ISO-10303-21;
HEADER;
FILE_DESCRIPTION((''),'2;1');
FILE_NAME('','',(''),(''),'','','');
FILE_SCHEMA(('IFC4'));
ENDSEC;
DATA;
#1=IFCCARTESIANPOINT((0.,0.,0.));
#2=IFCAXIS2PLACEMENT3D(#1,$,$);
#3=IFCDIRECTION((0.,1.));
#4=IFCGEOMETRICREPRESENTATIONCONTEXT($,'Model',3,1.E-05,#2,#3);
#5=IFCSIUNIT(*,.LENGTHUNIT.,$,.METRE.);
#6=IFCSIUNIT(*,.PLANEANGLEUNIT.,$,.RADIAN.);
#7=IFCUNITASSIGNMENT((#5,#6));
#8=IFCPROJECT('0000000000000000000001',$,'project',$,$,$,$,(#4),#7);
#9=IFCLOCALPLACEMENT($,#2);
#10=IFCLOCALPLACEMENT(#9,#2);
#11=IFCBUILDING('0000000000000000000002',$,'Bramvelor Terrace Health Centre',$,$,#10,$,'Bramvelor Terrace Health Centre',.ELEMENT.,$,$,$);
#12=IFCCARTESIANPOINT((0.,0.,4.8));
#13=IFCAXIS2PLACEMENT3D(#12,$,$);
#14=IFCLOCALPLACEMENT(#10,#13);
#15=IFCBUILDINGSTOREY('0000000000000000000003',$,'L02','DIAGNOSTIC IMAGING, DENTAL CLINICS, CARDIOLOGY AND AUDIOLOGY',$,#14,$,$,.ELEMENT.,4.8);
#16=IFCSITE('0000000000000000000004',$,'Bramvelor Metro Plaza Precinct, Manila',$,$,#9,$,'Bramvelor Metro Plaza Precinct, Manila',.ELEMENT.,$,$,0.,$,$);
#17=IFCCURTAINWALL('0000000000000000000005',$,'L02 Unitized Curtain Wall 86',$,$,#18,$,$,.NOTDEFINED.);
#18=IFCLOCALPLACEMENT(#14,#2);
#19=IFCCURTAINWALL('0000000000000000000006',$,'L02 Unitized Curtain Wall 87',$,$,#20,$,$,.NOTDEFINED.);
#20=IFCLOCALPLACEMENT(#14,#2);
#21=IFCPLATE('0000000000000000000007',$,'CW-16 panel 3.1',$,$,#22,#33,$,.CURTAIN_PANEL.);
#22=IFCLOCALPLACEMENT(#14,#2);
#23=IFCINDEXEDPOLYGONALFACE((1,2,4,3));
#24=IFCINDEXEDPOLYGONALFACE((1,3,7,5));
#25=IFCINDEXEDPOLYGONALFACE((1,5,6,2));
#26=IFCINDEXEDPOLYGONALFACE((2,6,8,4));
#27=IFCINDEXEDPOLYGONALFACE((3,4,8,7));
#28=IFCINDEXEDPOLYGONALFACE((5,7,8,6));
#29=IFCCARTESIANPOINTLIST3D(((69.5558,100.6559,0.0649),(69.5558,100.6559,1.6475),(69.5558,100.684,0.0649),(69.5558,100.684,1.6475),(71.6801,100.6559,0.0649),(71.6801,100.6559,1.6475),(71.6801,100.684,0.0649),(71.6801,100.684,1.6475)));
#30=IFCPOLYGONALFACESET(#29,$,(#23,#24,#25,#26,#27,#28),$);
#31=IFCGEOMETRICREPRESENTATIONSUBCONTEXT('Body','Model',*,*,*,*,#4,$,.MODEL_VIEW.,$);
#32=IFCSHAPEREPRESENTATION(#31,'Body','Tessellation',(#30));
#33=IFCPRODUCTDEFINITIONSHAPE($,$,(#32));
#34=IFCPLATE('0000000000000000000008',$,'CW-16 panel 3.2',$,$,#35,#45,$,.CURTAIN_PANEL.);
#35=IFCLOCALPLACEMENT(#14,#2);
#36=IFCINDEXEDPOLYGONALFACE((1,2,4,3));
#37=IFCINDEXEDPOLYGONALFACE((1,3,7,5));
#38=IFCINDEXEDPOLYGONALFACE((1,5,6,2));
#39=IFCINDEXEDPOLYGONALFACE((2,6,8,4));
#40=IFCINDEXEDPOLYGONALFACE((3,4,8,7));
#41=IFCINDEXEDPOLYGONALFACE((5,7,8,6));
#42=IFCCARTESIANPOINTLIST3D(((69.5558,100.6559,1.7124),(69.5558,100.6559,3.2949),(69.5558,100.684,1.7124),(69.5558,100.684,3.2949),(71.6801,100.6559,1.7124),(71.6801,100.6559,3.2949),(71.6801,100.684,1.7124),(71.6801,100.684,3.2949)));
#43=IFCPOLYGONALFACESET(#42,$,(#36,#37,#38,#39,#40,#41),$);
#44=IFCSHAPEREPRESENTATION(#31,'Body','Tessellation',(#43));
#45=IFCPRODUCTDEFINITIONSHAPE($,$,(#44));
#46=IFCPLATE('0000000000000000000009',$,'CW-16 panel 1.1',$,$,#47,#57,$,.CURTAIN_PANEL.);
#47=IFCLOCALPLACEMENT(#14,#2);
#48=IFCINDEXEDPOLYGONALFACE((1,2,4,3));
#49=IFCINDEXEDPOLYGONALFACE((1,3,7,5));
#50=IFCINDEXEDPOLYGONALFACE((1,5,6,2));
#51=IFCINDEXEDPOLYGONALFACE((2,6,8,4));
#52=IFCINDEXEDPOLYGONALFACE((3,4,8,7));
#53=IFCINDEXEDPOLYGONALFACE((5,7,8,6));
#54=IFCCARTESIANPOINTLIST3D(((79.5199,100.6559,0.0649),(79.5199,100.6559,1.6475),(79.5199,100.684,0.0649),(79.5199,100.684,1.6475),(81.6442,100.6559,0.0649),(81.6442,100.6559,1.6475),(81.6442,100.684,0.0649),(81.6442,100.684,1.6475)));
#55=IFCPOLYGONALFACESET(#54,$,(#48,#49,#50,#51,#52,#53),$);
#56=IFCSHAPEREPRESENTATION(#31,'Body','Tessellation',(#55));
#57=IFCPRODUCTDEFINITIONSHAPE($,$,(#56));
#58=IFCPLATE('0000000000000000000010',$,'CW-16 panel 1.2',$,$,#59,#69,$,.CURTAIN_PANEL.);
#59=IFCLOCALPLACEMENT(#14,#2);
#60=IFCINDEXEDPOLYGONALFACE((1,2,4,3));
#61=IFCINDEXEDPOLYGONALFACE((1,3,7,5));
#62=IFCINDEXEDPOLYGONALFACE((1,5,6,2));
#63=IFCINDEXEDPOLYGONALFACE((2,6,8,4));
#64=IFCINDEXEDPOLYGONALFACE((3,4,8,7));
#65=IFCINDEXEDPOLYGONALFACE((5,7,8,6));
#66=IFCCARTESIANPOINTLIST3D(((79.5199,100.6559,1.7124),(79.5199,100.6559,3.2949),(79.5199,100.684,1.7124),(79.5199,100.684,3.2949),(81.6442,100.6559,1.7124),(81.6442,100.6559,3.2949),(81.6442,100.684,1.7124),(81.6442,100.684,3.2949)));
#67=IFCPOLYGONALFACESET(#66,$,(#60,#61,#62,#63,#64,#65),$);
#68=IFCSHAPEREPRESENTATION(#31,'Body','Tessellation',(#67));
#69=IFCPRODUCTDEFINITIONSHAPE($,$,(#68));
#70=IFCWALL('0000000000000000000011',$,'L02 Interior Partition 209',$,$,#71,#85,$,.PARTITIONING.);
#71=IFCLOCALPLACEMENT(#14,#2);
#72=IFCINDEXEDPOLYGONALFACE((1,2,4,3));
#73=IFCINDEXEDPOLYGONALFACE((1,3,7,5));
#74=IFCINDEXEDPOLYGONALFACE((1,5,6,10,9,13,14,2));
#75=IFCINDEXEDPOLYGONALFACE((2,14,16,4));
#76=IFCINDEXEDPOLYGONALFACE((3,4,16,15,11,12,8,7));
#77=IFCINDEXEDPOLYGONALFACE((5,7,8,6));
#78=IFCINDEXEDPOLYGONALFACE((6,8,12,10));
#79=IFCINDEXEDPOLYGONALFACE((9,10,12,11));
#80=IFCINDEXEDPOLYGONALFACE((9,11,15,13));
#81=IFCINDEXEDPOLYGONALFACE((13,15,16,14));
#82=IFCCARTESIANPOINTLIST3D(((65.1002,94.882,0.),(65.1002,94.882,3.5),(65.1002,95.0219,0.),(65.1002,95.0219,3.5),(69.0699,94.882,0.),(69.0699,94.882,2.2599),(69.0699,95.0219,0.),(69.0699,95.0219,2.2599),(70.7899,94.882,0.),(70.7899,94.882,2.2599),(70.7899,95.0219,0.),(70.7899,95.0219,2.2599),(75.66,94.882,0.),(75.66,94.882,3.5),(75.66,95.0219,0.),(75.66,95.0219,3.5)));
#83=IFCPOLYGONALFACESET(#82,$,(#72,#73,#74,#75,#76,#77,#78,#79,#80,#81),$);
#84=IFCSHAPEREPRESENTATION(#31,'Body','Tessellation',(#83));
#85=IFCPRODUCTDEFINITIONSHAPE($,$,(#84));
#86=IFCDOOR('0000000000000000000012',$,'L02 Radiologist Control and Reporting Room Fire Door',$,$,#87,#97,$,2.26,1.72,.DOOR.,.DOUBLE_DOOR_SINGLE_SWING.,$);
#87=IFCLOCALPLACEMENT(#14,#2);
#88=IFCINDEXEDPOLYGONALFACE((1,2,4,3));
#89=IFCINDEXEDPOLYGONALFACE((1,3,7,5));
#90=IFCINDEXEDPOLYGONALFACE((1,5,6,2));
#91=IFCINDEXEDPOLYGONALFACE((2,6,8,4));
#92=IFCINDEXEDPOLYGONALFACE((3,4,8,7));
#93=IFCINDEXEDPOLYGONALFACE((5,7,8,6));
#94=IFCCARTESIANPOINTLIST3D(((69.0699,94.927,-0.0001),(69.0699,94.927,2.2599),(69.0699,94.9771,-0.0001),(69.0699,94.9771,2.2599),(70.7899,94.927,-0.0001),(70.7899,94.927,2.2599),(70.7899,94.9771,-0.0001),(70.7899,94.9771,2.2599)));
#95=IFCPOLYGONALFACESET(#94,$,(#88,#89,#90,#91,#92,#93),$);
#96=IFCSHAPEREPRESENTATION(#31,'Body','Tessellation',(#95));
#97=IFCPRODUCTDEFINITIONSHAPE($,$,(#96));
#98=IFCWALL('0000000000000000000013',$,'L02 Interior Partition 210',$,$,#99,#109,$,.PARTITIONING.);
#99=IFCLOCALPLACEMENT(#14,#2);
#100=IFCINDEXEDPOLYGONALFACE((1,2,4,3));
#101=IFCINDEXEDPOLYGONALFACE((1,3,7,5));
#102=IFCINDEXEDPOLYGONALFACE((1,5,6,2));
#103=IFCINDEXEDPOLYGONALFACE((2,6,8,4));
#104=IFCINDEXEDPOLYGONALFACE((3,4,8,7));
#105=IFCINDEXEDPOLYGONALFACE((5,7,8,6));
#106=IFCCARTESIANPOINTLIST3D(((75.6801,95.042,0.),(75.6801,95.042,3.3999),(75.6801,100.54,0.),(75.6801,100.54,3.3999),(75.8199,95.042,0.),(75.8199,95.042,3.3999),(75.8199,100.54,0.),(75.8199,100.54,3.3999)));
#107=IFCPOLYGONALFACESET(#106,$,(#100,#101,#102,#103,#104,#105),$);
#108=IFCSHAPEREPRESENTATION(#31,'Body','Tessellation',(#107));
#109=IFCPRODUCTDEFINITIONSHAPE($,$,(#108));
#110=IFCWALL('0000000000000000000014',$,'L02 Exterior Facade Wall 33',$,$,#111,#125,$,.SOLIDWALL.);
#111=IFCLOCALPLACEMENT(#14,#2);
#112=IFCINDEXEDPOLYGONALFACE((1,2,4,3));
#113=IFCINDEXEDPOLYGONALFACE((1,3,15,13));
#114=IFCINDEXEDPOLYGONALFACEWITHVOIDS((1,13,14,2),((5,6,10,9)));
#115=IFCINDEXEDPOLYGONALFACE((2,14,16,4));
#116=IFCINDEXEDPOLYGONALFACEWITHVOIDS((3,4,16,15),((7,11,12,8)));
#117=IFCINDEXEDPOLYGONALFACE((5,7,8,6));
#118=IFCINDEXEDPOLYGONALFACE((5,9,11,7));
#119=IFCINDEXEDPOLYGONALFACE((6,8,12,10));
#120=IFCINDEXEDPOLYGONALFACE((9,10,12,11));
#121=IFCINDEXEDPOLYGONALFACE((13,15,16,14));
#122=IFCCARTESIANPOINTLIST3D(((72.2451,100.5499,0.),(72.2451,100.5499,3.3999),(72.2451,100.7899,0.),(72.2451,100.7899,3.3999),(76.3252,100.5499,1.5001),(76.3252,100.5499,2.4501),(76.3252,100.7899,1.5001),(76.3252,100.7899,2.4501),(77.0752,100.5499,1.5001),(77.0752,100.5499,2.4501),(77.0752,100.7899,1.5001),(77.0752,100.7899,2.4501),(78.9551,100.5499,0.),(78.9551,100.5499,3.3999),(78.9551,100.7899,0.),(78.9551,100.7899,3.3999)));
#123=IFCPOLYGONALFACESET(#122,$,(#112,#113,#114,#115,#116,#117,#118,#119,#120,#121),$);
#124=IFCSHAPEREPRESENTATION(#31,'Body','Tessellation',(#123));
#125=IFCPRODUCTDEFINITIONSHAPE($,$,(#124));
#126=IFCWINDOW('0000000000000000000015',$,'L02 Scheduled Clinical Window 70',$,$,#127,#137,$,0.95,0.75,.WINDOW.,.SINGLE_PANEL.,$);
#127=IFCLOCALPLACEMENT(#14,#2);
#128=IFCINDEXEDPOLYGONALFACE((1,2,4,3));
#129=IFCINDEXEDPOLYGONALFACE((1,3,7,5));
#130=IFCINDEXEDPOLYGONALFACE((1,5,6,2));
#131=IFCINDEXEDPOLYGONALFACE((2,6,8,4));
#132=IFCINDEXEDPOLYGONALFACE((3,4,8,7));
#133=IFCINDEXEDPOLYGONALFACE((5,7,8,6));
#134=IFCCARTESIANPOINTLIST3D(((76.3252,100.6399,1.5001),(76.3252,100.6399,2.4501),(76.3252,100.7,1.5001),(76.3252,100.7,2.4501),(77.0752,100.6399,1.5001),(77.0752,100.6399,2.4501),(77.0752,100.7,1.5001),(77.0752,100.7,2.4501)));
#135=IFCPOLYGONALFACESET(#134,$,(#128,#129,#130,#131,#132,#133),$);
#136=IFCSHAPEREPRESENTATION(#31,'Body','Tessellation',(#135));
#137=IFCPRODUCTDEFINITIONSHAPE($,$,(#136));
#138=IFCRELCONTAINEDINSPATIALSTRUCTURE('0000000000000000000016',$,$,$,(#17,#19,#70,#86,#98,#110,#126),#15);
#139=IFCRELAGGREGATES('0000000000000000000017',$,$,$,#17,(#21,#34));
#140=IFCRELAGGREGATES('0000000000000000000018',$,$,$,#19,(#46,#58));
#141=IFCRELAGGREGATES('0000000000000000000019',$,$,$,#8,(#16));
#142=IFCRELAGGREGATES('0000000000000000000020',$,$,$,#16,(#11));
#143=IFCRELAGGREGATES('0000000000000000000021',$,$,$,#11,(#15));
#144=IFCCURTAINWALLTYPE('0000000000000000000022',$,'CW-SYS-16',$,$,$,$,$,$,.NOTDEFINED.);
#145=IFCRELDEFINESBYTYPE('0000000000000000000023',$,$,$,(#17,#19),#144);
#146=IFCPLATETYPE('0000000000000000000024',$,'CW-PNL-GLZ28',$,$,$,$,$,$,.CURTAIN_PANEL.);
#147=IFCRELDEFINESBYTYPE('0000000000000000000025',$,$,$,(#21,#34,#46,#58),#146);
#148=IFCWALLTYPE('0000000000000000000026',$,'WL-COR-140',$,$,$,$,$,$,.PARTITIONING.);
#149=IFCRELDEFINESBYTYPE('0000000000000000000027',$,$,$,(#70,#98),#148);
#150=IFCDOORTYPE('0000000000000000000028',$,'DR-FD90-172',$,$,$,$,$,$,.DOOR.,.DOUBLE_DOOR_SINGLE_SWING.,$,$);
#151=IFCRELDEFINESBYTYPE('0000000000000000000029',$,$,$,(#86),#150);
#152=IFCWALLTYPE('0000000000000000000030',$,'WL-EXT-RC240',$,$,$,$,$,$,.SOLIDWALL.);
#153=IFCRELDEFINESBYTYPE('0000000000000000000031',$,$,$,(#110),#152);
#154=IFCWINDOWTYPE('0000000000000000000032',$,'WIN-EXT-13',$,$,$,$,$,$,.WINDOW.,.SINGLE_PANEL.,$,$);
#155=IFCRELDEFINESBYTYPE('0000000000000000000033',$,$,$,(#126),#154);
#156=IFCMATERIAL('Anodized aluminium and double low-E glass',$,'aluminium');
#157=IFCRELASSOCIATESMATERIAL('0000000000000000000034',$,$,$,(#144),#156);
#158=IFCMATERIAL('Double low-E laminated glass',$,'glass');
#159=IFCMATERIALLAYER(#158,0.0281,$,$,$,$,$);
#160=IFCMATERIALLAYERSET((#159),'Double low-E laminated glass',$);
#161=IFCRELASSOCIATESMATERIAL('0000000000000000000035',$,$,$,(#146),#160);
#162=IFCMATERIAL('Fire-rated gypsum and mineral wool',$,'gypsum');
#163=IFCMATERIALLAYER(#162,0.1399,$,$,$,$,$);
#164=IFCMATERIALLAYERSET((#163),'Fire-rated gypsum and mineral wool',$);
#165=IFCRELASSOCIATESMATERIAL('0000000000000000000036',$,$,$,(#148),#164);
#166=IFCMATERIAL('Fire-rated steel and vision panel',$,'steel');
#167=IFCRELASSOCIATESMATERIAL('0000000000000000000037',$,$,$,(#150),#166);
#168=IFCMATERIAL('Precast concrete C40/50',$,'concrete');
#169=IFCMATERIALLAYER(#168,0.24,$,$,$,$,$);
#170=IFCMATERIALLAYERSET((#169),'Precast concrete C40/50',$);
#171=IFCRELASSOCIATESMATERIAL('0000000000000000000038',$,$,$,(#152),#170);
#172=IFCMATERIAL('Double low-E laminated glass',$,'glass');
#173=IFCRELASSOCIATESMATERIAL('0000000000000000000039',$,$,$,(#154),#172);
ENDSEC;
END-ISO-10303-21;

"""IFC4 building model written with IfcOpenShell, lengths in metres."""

from ifc_helpers import new_model, si_unit, direction, frame, frame_2d, origin, origin_2d, place, context, subcontext, project, spatial, rectangle, extrude, material, layer, layer_set, type_object, element, fill, aggregate, save


model = new_model("IFC4")

# Units and contexts
model_context = context("Model", 3, precision=1e-05, world=origin(), true_north=direction((0.0, 1.0)))
body_context = subcontext(model_context, "Body", "Model", "MODEL_VIEW")
ifc_project = project(units=[si_unit("LENGTHUNIT", "METRE"), si_unit("PLANEANGLEUNIT", "RADIAN")], contexts=[model_context])

# Site, building, storey
site_placement = place(None, origin())
site = spatial("IfcSite", under=ifc_project, at=site_placement, Name="Bramvelor Metro Plaza Precinct, Manila", LongName="Bramvelor Metro Plaza Precinct, Manila", CompositionType="ELEMENT", RefElevation=0.0)
building_placement = place(site_placement, origin())
building = spatial("IfcBuilding", under=site, at=building_placement, Name="Bramvelor Terrace Health Centre", LongName="Bramvelor Terrace Health Centre", CompositionType="ELEMENT")
storey_placement = place(building_placement, frame((0.0, 0.0, 4.8)))
storey = spatial("IfcBuildingStorey", under=building, at=storey_placement, Name="L02", Description="DIAGNOSTIC IMAGING, DENTAL CLINICS, CARDIOLOGY AND AUDIOLOGY", CompositionType="ELEMENT", Elevation=4.8)

# Curtain walls
ifc_material_1 = material(Name="Anodized aluminium and double low-E glass", Category="aluminium")
curtain_wall_type = type_object("IfcCurtainWallType", Name="CW-SYS-16", PredefinedType="NOTDEFINED", material=ifc_material_1)
curtain_wall_1_placement = place(storey_placement, origin())
curtain_wall_1 = element("IfcCurtainWall", 1, at=curtain_wall_1_placement, inside=storey, type_object=curtain_wall_type, Name="L02 Unitized Curtain Wall 86", PredefinedType="NOTDEFINED")
curtain_wall_2_placement = place(storey_placement, origin())
curtain_wall_2 = element("IfcCurtainWall", 2, at=curtain_wall_2_placement, inside=storey, type_object=curtain_wall_type, Name="L02 Unitized Curtain Wall 87", PredefinedType="NOTDEFINED")

# Plates
ifc_material_2 = material(Name="Double low-E laminated glass", Category="glass")
ifc_layer_1 = layer(ifc_material_2, 0.0281)
ifc_layer_set_1 = layer_set([ifc_layer_1], Name="Double low-E laminated glass")
plate_type = type_object("IfcPlateType", Name="CW-PNL-GLZ28", PredefinedType="CURTAIN_PANEL", material=ifc_layer_set_1)
plate_1_placement = place(storey_placement, frame((70.6179, 100.6699, 0.0649), z_axis=(0.0, 0.0, 1.0), x_axis=(1.0, 0.0, 0.0)))
plate_1 = element("IfcPlate", 3, at=plate_1_placement, type_object=plate_type, Name="CW-16 panel 3.1", PredefinedType="CURTAIN_PANEL", context=body_context, shape_type="SweptSolid", body=[
    extrude(rectangle(XDim=2.1243, YDim=0.0281, at=origin_2d()), origin(), (0.0, 0.0, 1.0), 1.5825),
])
plate_2_placement = place(storey_placement, frame((70.6179, 100.6699, 1.7124), z_axis=(0.0, 0.0, 1.0), x_axis=(1.0, 0.0, 0.0)))
plate_2 = element("IfcPlate", 4, at=plate_2_placement, type_object=plate_type, Name="CW-16 panel 3.2", PredefinedType="CURTAIN_PANEL", context=body_context, shape_type="SweptSolid", body=[
    extrude(rectangle(XDim=2.1243, YDim=0.0281, at=origin_2d()), origin(), (0.0, 0.0, 1.0), 1.5825),
])
aggregate(curtain_wall_1, [plate_1, plate_2])
plate_3_placement = place(storey_placement, frame((80.582, 100.6699, 0.0649), z_axis=(0.0, 0.0, 1.0), x_axis=(1.0, 0.0, 0.0)))
plate_3 = element("IfcPlate", 5, at=plate_3_placement, type_object=plate_type, Name="CW-16 panel 1.1", PredefinedType="CURTAIN_PANEL", context=body_context, shape_type="SweptSolid", body=[
    extrude(rectangle(XDim=2.1243, YDim=0.0281, at=origin_2d()), origin(), (0.0, 0.0, 1.0), 1.5825),
])
plate_4_placement = place(storey_placement, frame((80.582, 100.6699, 1.7124), z_axis=(0.0, 0.0, 1.0), x_axis=(1.0, 0.0, 0.0)))
plate_4 = element("IfcPlate", 6, at=plate_4_placement, type_object=plate_type, Name="CW-16 panel 1.2", PredefinedType="CURTAIN_PANEL", context=body_context, shape_type="SweptSolid", body=[
    extrude(rectangle(XDim=2.1243, YDim=0.0281, at=origin_2d()), origin(), (0.0, 0.0, 1.0), 1.5825),
])
aggregate(curtain_wall_2, [plate_3, plate_4])

# Wall, opening, door
ifc_material_3 = material(Name="Fire-rated gypsum and mineral wool", Category="gypsum")
ifc_layer_2 = layer(ifc_material_3, 0.1399)
ifc_layer_set_2 = layer_set([ifc_layer_2], Name="Fire-rated gypsum and mineral wool")
wall_type_1 = type_object("IfcWallType", Name="WL-COR-140", PredefinedType="PARTITIONING", material=ifc_layer_set_2)
wall_1_placement = place(storey_placement, frame((75.6599, 94.9519, 0.0), z_axis=(0.0, 0.0, 1.0), x_axis=(-1.0, 0.0, 0.0)))
wall_1 = element("IfcWall", 7, at=wall_1_placement, inside=storey, type_object=wall_type_1, Name="L02 Interior Partition 209", PredefinedType="PARTITIONING", context=body_context, shape_type="SweptSolid", body=[
    extrude(rectangle(XDim=10.5598, YDim=0.1399, at=frame_2d((5.2798, 0.0))), origin(), (0.0, 0.0, 1.0), 3.5),
])
opening_1_placement = place(wall_1_placement, frame((4.8701, 0.0, 0.0)))
opening_1 = element("IfcOpeningElement", 8, at=opening_1_placement, cuts=wall_1, PredefinedType="OPENING", context=body_context, shape_type="SweptSolid", body=[
    extrude(rectangle(XDim=1.72, YDim=2.26, at=frame_2d((0.8599, 1.1299))), frame((0.0, 0.0798, 0.0), z_axis=(0.0, -1.0, 0.0), x_axis=(1.0, 0.0, 0.0)), (0.0, 0.0, 1.0), 0.1599),
])
ifc_material_4 = material(Name="Fire-rated steel and vision panel", Category="steel")
door_type_1 = type_object("IfcDoorType", Name="DR-FD90-172", OperationType="DOUBLE_DOOR_SINGLE_SWING", PredefinedType="DOOR", material=ifc_material_4)
door_1_placement = place(opening_1_placement, origin())
door_1 = element("IfcDoor", 9, at=door_1_placement, inside=storey, type_object=door_type_1, Name="L02 Radiologist Control and Reporting Room Fire Door", OperationType="DOUBLE_DOOR_SINGLE_SWING", OverallHeight=2.26, OverallWidth=1.72, PredefinedType="DOOR", context=body_context, shape_type="SweptSolid", body=[
    extrude(rectangle(XDim=1.72, YDim=2.26, at=frame_2d((0.8599, 1.1299))), frame((0.0, 0.0249, 0.0), z_axis=(0.0, -1.0, 0.0), x_axis=(1.0, 0.0, 0.0)), (0.0, 0.0, 1.0), 0.05),
])
fill(opening_1, door_1)

# Wall
wall_2_placement = place(storey_placement, frame((75.75, 100.54, 0.0), z_axis=(0.0, 0.0, 1.0), x_axis=(0.0, -1.0, 0.0)))
element("IfcWall", 10, at=wall_2_placement, inside=storey, type_object=wall_type_1, Name="L02 Interior Partition 210", PredefinedType="PARTITIONING", context=body_context, shape_type="SweptSolid", body=[
    extrude(rectangle(XDim=5.498, YDim=0.1399, at=frame_2d((2.749, 0.0))), origin(), (0.0, 0.0, 1.0), 3.3999),
])

# Wall, opening, window
ifc_material_5 = material(Name="Precast concrete C40/50", Category="concrete")
ifc_layer_3 = layer(ifc_material_5, 0.24)
ifc_layer_set_3 = layer_set([ifc_layer_3], Name="Precast concrete C40/50")
wall_type_2 = type_object("IfcWallType", Name="WL-EXT-RC240", PredefinedType="SOLIDWALL", material=ifc_layer_set_3)
wall_3_placement = place(storey_placement, frame((72.2451, 100.6699, 0.0), z_axis=(0.0, 0.0, 1.0), x_axis=(1.0, 0.0, 0.0)))
wall_3 = element("IfcWall", 11, at=wall_3_placement, inside=storey, type_object=wall_type_2, Name="L02 Exterior Facade Wall 33", PredefinedType="SOLIDWALL", context=body_context, shape_type="SweptSolid", body=[
    extrude(rectangle(XDim=6.71, YDim=0.24, at=frame_2d((3.355, 0.0))), origin(), (0.0, 0.0, 1.0), 3.3999),
])
opening_2_placement = place(wall_3_placement, frame((4.0801, 0.0, 1.5)))
opening_2 = element("IfcOpeningElement", 12, at=opening_2_placement, cuts=wall_3, PredefinedType="OPENING", context=body_context, shape_type="SweptSolid", body=[
    extrude(rectangle(XDim=0.75, YDim=0.95, at=frame_2d((0.375, 0.4751))), frame((0.0, 0.1299, 0.0), z_axis=(0.0, -1.0, 0.0), x_axis=(1.0, 0.0, 0.0)), (0.0, 0.0, 1.0), 0.26),
])
ifc_material_6 = material(Name="Double low-E laminated glass", Category="glass")
window_type = type_object("IfcWindowType", Name="WIN-EXT-13", PartitioningType="SINGLE_PANEL", PredefinedType="WINDOW", material=ifc_material_6)
window_placement = place(opening_2_placement, origin())
window = element("IfcWindow", 13, at=window_placement, inside=storey, type_object=window_type, Name="L02 Scheduled Clinical Window 70", OverallHeight=0.95, OverallWidth=0.75, PartitioningType="SINGLE_PANEL", PredefinedType="WINDOW", context=body_context, shape_type="SweptSolid", body=[
    extrude(rectangle(XDim=0.75, YDim=0.95, at=frame_2d((0.375, 0.4751))), frame((0.0, 0.03, 0.0), z_axis=(0.0, -1.0, 0.0), x_axis=(1.0, 0.0, 0.0)), (0.0, 0.0, 1.0), 0.0601),
])
fill(opening_2, window)

save(model, "model.ifc")
